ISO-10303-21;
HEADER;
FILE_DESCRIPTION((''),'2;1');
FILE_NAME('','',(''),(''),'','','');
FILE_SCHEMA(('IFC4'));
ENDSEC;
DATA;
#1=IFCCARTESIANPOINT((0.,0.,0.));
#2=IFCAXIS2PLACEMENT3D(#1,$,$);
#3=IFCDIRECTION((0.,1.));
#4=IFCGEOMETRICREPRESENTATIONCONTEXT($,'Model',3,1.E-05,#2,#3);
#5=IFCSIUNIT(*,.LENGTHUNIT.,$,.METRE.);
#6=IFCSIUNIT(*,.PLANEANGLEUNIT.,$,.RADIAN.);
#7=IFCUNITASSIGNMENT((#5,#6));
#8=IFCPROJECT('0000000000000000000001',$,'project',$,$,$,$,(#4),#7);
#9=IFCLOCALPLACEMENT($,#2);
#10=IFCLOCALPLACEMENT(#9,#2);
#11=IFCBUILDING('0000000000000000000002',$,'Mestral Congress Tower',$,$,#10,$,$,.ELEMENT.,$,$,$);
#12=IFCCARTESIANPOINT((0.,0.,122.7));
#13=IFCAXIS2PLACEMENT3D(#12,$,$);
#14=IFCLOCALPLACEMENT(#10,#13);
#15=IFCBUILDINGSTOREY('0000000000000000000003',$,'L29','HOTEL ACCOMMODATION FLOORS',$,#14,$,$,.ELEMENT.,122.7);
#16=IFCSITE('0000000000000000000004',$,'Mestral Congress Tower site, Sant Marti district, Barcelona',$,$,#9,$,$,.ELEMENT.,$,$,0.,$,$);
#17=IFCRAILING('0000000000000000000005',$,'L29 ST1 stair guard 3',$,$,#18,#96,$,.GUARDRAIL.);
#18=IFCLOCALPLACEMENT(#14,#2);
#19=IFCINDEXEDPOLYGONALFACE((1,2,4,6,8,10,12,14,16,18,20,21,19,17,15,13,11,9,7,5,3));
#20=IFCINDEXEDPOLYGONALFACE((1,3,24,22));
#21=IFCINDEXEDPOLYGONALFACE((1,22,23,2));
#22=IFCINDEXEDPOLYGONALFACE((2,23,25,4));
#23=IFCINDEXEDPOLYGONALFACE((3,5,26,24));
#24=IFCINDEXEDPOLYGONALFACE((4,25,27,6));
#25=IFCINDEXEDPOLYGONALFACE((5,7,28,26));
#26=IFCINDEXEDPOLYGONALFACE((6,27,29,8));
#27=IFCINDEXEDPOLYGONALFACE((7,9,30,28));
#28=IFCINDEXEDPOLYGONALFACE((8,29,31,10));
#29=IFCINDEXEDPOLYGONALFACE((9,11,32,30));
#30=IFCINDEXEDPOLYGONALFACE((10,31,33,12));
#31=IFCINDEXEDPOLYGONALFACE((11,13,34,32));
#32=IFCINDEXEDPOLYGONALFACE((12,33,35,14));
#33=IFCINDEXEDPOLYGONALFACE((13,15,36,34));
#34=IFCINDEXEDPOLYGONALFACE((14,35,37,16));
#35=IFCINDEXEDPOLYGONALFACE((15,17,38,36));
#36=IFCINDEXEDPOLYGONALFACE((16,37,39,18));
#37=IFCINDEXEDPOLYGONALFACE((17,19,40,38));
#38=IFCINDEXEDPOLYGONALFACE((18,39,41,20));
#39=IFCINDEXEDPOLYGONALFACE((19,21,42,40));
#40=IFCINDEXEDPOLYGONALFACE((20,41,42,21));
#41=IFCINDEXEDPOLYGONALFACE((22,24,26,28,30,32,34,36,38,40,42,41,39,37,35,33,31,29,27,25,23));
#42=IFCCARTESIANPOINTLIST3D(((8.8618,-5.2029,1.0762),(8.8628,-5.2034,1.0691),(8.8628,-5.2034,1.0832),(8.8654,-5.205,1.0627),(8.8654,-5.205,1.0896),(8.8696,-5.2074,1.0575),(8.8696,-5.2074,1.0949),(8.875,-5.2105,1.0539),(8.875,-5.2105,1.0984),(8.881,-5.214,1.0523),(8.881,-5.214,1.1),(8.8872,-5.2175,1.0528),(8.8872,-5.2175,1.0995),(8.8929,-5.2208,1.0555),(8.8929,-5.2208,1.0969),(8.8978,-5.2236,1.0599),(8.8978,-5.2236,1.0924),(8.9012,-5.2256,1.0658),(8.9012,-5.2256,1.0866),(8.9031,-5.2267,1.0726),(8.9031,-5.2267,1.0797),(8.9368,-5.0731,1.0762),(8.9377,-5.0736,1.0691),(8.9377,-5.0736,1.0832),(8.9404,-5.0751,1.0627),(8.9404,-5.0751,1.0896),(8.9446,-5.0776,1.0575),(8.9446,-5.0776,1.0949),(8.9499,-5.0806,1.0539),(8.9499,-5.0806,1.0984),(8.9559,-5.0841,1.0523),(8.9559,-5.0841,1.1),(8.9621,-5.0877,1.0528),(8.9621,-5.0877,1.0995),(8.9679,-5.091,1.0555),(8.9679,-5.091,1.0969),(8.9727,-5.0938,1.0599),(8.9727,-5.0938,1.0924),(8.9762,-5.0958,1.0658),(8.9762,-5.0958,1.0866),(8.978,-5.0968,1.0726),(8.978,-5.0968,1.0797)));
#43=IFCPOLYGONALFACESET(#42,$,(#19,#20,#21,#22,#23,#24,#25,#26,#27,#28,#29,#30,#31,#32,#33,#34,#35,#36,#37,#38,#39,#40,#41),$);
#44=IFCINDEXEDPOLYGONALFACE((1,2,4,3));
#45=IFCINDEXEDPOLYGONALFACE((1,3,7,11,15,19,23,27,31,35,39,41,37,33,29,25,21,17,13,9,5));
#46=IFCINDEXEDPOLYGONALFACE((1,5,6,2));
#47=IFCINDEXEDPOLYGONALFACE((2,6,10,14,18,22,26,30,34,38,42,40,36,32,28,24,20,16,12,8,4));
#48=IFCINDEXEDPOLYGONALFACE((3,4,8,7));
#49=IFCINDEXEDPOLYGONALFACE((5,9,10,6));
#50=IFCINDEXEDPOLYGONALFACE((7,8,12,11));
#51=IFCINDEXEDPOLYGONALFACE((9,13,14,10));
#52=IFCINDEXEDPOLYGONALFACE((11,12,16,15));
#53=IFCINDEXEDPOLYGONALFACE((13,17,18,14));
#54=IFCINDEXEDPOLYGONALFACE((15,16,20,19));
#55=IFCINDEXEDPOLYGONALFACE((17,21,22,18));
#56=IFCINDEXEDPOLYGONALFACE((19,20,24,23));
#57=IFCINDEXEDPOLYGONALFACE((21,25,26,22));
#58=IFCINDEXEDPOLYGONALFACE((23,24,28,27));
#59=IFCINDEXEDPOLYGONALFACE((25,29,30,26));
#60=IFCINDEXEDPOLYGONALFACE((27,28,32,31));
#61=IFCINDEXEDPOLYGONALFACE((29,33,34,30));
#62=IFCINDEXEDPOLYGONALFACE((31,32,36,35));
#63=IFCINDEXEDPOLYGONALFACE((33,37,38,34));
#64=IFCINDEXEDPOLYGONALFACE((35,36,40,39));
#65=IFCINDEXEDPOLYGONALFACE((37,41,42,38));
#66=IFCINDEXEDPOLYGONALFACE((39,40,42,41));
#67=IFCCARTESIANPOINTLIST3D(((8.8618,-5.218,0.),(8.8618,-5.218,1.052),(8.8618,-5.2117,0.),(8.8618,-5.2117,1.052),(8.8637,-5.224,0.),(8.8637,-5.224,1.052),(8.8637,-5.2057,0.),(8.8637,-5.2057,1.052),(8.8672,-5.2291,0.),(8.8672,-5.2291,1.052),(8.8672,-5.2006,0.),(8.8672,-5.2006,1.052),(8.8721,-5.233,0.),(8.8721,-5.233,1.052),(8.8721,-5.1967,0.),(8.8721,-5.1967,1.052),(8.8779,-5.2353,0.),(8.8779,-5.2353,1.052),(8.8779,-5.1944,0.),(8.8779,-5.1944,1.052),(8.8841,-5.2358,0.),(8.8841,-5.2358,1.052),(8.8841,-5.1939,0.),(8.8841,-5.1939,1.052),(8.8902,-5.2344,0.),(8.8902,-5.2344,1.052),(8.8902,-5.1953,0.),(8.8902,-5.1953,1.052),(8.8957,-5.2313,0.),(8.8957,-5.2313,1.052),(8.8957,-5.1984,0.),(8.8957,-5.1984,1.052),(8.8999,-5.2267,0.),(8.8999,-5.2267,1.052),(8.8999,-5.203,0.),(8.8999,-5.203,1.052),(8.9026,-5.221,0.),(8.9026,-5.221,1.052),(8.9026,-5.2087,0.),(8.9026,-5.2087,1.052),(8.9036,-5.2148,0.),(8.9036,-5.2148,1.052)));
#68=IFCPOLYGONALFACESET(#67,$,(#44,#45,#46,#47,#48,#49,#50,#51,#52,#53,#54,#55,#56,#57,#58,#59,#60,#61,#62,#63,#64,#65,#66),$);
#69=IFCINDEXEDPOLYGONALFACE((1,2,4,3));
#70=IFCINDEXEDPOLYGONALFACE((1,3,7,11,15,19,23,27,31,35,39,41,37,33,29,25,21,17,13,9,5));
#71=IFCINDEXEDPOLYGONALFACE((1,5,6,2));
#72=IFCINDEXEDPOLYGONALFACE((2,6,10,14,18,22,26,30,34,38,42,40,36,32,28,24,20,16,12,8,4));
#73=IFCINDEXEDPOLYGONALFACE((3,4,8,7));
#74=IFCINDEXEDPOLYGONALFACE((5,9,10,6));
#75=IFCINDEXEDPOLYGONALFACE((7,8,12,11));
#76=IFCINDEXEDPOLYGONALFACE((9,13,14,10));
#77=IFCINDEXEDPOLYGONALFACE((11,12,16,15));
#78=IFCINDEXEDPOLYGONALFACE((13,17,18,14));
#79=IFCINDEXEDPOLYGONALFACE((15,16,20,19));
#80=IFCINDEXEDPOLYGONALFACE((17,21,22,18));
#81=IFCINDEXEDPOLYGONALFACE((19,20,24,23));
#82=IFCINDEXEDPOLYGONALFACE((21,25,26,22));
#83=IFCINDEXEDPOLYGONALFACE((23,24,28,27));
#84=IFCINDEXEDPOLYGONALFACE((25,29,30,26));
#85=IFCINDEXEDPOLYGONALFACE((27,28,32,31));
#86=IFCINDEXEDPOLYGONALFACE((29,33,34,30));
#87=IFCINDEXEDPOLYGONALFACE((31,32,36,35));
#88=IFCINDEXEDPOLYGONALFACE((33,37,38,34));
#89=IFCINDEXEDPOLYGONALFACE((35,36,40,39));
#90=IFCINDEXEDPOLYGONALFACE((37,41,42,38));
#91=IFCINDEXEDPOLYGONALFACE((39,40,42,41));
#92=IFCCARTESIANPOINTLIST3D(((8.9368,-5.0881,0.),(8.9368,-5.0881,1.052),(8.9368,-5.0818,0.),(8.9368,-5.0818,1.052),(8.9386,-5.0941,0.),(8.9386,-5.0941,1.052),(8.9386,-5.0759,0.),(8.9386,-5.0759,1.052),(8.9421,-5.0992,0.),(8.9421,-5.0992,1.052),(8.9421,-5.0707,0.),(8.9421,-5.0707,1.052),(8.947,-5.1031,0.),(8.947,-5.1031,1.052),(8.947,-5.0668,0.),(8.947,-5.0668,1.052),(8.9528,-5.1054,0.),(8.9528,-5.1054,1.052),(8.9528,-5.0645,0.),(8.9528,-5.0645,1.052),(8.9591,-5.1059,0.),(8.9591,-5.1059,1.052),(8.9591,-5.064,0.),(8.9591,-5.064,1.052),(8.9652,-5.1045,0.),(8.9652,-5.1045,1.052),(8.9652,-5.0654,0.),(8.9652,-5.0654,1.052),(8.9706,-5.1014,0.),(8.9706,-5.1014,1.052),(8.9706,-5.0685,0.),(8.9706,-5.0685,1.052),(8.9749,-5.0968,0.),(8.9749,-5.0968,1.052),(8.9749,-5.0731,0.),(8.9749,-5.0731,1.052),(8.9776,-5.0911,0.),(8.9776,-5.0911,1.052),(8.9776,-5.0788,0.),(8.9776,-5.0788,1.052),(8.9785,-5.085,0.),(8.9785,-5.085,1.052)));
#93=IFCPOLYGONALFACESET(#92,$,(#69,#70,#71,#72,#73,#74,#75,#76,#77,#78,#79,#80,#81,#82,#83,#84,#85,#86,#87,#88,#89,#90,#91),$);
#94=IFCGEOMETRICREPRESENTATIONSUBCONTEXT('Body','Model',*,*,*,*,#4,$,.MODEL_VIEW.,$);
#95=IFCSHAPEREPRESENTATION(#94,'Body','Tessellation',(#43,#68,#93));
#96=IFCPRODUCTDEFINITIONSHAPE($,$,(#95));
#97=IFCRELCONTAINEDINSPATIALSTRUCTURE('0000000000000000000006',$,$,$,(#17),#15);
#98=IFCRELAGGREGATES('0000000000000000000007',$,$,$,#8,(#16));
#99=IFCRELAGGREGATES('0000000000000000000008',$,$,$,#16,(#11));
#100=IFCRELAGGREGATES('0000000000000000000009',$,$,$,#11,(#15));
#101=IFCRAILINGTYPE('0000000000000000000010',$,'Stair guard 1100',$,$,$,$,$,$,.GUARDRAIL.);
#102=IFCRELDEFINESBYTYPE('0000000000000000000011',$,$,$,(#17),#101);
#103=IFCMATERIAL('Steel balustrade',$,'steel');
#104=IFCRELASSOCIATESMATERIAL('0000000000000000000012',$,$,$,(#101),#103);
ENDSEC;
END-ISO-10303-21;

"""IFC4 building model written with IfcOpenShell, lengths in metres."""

from ifc_helpers import new_model, si_unit, direction, frame, origin, origin_2d, place, context, subcontext, project, spatial, circle, extrude, material, type_object, element, save


model = new_model("IFC4")

# Units and contexts
model_context = context("Model", 3, precision=1e-05, world=origin(), true_north=direction((0.0, 1.0)))
body_context = subcontext(model_context, "Body", "Model", "MODEL_VIEW")
ifc_project = project(units=[si_unit("LENGTHUNIT", "METRE"), si_unit("PLANEANGLEUNIT", "RADIAN")], contexts=[model_context])

# Site, building, storey
site_placement = place(None, origin())
site = spatial("IfcSite", under=ifc_project, at=site_placement, Name="Mestral Congress Tower site, Sant Marti district, Barcelona", CompositionType="ELEMENT", RefElevation=0.0)
building_placement = place(site_placement, origin())
building = spatial("IfcBuilding", under=site, at=building_placement, Name="Mestral Congress Tower", CompositionType="ELEMENT")
storey_placement = place(building_placement, frame((0.0, 0.0, 122.7)))
storey = spatial("IfcBuildingStorey", under=building, at=storey_placement, Name="L29", Description="HOTEL ACCOMMODATION FLOORS", CompositionType="ELEMENT", Elevation=122.7)

# Railing
ifc_material_1 = material(Name="Steel balustrade", Category="steel")
railing_type_1 = type_object("IfcRailingType", Name="Stair guard 1100", PredefinedType="GUARDRAIL", material=ifc_material_1)
railing_1_placement = place(storey_placement, frame((8.8826, -5.2148, 0.0)))
element("IfcRailing", 1, at=railing_1_placement, inside=storey, type_object=railing_type_1, Name="L29 ST1 stair guard 3", PredefinedType="GUARDRAIL", context=body_context, shape_type="SweptSolid", body=[
    extrude(circle(Radius=0.0239, at=origin_2d()), frame((0.0, 0.0, 1.0762), z_axis=(0.499816, 0.866131, 0.0), x_axis=(-0.866131, 0.499816, 0.0)), (0.0, 0.0, 1.0), 0.1499),
    extrude(circle(Radius=0.021, at=origin_2d()), origin(), (0.0, 0.0, 1.0), 1.052),
    extrude(circle(Radius=0.021, at=origin_2d()), frame((0.075, 0.1299, 0.0)), (0.0, 0.0, 1.0), 1.052),
])

save(model, "model.ifc")
